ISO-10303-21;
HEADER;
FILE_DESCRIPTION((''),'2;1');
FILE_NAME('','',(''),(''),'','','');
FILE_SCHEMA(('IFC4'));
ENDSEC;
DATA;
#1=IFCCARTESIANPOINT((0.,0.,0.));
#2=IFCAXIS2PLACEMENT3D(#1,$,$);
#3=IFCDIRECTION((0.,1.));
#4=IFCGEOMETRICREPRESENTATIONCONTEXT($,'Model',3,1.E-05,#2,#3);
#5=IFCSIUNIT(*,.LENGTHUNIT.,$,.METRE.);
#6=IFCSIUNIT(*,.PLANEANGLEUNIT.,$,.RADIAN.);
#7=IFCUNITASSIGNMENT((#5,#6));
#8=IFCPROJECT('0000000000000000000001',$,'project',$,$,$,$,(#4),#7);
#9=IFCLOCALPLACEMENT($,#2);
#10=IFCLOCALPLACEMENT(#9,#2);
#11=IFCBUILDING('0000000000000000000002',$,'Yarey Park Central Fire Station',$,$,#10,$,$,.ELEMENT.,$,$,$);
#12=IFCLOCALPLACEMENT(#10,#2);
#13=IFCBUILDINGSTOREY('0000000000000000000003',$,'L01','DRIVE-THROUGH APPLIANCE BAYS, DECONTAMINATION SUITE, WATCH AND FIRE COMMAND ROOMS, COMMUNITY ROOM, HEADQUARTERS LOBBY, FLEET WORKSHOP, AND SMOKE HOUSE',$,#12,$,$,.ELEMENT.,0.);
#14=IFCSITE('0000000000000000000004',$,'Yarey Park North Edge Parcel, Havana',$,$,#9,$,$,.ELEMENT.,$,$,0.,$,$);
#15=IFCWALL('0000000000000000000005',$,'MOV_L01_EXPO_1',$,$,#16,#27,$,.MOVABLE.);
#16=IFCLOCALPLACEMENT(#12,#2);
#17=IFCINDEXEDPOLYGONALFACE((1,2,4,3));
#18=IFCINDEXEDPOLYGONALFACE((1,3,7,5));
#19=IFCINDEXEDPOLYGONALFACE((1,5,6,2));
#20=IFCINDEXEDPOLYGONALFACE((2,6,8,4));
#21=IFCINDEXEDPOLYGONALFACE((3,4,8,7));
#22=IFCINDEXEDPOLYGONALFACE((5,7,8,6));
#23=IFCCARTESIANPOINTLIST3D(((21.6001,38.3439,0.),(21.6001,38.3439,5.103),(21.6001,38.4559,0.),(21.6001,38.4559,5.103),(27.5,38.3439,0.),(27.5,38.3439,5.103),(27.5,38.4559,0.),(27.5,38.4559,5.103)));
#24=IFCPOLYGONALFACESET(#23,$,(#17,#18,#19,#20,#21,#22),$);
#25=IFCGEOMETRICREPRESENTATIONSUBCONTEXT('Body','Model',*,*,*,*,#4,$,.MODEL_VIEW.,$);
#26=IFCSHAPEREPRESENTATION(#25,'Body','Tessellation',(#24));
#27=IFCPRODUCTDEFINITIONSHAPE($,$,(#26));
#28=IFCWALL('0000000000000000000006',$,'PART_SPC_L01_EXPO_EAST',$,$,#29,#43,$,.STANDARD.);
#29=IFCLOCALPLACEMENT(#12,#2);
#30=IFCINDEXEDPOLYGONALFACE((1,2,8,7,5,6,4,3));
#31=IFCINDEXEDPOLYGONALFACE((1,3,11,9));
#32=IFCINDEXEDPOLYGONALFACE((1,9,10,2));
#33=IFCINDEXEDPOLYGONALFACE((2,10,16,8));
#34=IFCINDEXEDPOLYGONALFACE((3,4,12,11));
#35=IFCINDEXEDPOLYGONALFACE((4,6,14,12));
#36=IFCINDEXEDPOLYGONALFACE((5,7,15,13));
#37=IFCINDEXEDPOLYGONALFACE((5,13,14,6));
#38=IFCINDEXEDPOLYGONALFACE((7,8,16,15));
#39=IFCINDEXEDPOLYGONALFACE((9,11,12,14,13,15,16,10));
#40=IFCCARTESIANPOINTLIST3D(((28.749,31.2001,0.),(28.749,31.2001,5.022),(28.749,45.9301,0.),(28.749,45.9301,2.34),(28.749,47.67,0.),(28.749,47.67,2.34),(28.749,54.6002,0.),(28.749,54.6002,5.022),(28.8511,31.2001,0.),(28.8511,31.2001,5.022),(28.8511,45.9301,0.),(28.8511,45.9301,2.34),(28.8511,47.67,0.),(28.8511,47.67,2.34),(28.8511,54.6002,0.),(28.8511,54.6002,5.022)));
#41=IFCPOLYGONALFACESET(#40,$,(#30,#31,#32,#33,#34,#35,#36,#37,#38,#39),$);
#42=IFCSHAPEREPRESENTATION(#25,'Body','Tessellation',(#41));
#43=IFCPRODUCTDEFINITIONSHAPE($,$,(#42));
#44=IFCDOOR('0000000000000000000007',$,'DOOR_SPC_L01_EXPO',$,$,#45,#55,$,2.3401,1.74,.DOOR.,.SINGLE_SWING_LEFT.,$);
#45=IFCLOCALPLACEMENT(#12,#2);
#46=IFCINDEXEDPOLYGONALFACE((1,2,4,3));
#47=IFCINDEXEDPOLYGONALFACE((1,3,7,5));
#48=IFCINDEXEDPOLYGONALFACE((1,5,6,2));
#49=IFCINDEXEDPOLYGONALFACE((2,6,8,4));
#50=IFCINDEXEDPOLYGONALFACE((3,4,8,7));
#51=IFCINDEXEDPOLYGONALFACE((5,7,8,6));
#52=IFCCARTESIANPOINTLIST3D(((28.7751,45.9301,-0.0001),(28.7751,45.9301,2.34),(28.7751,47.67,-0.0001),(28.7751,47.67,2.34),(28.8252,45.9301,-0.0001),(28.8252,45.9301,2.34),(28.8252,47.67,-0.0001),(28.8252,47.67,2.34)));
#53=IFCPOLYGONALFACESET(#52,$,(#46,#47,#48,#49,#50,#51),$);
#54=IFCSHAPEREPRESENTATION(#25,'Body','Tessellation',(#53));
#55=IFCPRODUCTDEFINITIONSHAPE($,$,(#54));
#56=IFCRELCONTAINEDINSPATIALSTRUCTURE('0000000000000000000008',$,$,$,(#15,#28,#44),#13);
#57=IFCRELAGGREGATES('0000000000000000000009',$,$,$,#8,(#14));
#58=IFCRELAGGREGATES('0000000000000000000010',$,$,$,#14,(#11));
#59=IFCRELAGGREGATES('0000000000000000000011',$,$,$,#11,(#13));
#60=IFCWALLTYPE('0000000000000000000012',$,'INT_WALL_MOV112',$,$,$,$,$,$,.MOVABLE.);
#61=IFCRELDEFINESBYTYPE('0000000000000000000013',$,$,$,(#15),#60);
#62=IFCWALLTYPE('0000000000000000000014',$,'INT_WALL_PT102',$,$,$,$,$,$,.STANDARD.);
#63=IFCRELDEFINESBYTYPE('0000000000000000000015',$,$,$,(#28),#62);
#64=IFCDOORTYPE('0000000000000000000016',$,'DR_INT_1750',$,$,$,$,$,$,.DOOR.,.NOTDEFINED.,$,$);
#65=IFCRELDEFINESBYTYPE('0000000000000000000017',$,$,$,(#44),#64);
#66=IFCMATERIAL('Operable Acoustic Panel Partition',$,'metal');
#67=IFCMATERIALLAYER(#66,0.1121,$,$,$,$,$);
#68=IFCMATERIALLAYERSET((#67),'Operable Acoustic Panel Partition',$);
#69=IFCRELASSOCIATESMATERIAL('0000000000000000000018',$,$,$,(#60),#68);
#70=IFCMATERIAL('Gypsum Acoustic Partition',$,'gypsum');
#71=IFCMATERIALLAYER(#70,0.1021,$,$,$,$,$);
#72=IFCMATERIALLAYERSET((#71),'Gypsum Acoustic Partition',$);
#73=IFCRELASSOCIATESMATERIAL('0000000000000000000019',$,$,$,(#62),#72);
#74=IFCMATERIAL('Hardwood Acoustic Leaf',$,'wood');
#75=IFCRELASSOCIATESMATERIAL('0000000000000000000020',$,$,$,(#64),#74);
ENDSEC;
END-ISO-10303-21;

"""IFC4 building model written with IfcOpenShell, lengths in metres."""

from ifc_helpers import new_model, si_unit, direction, frame, frame_2d, origin, place, context, subcontext, project, spatial, rectangle, extrude, material, layer, layer_set, type_object, element, fill, save


model = new_model("IFC4")

# Units and contexts
model_context = context("Model", 3, precision=1e-05, world=origin(), true_north=direction((0.0, 1.0)))
body_context = subcontext(model_context, "Body", "Model", "MODEL_VIEW")
ifc_project = project(units=[si_unit("LENGTHUNIT", "METRE"), si_unit("PLANEANGLEUNIT", "RADIAN")], contexts=[model_context])

# Site, building, storey
site_placement = place(None, origin())
site = spatial("IfcSite", under=ifc_project, at=site_placement, Name="Yarey Park North Edge Parcel, Havana", CompositionType="ELEMENT", RefElevation=0.0)
building_placement = place(site_placement, origin())
building = spatial("IfcBuilding", under=site, at=building_placement, Name="Yarey Park Central Fire Station", CompositionType="ELEMENT")
storey_placement = place(building_placement, origin())
storey = spatial("IfcBuildingStorey", under=building, at=storey_placement, Name="L01", Description="DRIVE-THROUGH APPLIANCE BAYS, DECONTAMINATION SUITE, WATCH AND FIRE COMMAND ROOMS, COMMUNITY ROOM, HEADQUARTERS LOBBY, FLEET WORKSHOP, AND SMOKE HOUSE", CompositionType="ELEMENT", Elevation=0.0)

# Shared definitions
ifc_material_1 = material(Name="Hardwood Acoustic Leaf", Category="wood")

# Wall
ifc_material_2 = material(Name="Operable Acoustic Panel Partition", Category="metal")
ifc_layer_1 = layer(ifc_material_2, 0.1121)
ifc_layer_set_1 = layer_set([ifc_layer_1], Name="Operable Acoustic Panel Partition")
wall_type_1 = type_object("IfcWallType", Name="INT_WALL_MOV112", PredefinedType="MOVABLE", material=ifc_layer_set_1)
wall_1_placement = place(storey_placement, frame((27.5, 38.3999, 0.0), z_axis=(0.0, 0.0, 1.0), x_axis=(-1.0, 0.0, 0.0)))
element("IfcWall", 1, at=wall_1_placement, inside=storey, type_object=wall_type_1, Name="MOV_L01_EXPO_1", PredefinedType="MOVABLE", context=body_context, shape_type="SweptSolid", body=[
    extrude(rectangle(XDim=5.8999, YDim=0.1121, at=frame_2d((2.95, 0.0))), origin(), (0.0, 0.0, 1.0), 5.103),
])

# Wall, opening, door
ifc_material_3 = material(Name="Gypsum Acoustic Partition", Category="gypsum")
ifc_layer_2 = layer(ifc_material_3, 0.1021)
ifc_layer_set_2 = layer_set([ifc_layer_2], Name="Gypsum Acoustic Partition")
wall_type_2 = type_object("IfcWallType", Name="INT_WALL_PT102", PredefinedType="STANDARD", material=ifc_layer_set_2)
wall_2_placement = place(storey_placement, frame((28.8, 31.2, 0.0), z_axis=(0.0, 0.0, 1.0), x_axis=(0.0, 1.0, 0.0)))
wall_2 = element("IfcWall", 2, at=wall_2_placement, inside=storey, type_object=wall_type_2, Name="PART_SPC_L01_EXPO_EAST", PredefinedType="STANDARD", context=body_context, shape_type="SweptSolid", body=[
    extrude(rectangle(XDim=23.4001, YDim=0.1021, at=frame_2d((11.7002, 0.0))), origin(), (0.0, 0.0, 1.0), 5.022),
])
opening_1_placement = place(wall_2_placement, frame((14.73, 0.0, 0.0)))
opening_1 = element("IfcOpeningElement", 3, at=opening_1_placement, cuts=wall_2, PredefinedType="OPENING", context=body_context, shape_type="SweptSolid", body=[
    extrude(rectangle(XDim=1.74, YDim=2.3401, at=frame_2d((0.8701, 1.1699))), frame((0.0, 0.061, 0.0), z_axis=(0.0, -1.0, 0.0), x_axis=(1.0, 0.0, 0.0)), (0.0, 0.0, 1.0), 0.1221),
])
door_type_1 = type_object("IfcDoorType", Name="DR_INT_1750", OperationType="NOTDEFINED", PredefinedType="DOOR", material=ifc_material_1)
door_1_placement = place(opening_1_placement, origin())
door_1 = element("IfcDoor", 4, at=door_1_placement, inside=storey, type_object=door_type_1, Name="DOOR_SPC_L01_EXPO", OperationType="SINGLE_SWING_LEFT", OverallHeight=2.3401, OverallWidth=1.74, PredefinedType="DOOR", context=body_context, shape_type="SweptSolid", body=[
    extrude(rectangle(XDim=1.74, YDim=2.3401, at=frame_2d((0.8701, 1.1699))), frame((0.0, 0.0249, 0.0), z_axis=(0.0, -1.0, 0.0), x_axis=(1.0, 0.0, 0.0)), (0.0, 0.0, 1.0), 0.05),
])
fill(opening_1, door_1)

save(model, "model.ifc")
